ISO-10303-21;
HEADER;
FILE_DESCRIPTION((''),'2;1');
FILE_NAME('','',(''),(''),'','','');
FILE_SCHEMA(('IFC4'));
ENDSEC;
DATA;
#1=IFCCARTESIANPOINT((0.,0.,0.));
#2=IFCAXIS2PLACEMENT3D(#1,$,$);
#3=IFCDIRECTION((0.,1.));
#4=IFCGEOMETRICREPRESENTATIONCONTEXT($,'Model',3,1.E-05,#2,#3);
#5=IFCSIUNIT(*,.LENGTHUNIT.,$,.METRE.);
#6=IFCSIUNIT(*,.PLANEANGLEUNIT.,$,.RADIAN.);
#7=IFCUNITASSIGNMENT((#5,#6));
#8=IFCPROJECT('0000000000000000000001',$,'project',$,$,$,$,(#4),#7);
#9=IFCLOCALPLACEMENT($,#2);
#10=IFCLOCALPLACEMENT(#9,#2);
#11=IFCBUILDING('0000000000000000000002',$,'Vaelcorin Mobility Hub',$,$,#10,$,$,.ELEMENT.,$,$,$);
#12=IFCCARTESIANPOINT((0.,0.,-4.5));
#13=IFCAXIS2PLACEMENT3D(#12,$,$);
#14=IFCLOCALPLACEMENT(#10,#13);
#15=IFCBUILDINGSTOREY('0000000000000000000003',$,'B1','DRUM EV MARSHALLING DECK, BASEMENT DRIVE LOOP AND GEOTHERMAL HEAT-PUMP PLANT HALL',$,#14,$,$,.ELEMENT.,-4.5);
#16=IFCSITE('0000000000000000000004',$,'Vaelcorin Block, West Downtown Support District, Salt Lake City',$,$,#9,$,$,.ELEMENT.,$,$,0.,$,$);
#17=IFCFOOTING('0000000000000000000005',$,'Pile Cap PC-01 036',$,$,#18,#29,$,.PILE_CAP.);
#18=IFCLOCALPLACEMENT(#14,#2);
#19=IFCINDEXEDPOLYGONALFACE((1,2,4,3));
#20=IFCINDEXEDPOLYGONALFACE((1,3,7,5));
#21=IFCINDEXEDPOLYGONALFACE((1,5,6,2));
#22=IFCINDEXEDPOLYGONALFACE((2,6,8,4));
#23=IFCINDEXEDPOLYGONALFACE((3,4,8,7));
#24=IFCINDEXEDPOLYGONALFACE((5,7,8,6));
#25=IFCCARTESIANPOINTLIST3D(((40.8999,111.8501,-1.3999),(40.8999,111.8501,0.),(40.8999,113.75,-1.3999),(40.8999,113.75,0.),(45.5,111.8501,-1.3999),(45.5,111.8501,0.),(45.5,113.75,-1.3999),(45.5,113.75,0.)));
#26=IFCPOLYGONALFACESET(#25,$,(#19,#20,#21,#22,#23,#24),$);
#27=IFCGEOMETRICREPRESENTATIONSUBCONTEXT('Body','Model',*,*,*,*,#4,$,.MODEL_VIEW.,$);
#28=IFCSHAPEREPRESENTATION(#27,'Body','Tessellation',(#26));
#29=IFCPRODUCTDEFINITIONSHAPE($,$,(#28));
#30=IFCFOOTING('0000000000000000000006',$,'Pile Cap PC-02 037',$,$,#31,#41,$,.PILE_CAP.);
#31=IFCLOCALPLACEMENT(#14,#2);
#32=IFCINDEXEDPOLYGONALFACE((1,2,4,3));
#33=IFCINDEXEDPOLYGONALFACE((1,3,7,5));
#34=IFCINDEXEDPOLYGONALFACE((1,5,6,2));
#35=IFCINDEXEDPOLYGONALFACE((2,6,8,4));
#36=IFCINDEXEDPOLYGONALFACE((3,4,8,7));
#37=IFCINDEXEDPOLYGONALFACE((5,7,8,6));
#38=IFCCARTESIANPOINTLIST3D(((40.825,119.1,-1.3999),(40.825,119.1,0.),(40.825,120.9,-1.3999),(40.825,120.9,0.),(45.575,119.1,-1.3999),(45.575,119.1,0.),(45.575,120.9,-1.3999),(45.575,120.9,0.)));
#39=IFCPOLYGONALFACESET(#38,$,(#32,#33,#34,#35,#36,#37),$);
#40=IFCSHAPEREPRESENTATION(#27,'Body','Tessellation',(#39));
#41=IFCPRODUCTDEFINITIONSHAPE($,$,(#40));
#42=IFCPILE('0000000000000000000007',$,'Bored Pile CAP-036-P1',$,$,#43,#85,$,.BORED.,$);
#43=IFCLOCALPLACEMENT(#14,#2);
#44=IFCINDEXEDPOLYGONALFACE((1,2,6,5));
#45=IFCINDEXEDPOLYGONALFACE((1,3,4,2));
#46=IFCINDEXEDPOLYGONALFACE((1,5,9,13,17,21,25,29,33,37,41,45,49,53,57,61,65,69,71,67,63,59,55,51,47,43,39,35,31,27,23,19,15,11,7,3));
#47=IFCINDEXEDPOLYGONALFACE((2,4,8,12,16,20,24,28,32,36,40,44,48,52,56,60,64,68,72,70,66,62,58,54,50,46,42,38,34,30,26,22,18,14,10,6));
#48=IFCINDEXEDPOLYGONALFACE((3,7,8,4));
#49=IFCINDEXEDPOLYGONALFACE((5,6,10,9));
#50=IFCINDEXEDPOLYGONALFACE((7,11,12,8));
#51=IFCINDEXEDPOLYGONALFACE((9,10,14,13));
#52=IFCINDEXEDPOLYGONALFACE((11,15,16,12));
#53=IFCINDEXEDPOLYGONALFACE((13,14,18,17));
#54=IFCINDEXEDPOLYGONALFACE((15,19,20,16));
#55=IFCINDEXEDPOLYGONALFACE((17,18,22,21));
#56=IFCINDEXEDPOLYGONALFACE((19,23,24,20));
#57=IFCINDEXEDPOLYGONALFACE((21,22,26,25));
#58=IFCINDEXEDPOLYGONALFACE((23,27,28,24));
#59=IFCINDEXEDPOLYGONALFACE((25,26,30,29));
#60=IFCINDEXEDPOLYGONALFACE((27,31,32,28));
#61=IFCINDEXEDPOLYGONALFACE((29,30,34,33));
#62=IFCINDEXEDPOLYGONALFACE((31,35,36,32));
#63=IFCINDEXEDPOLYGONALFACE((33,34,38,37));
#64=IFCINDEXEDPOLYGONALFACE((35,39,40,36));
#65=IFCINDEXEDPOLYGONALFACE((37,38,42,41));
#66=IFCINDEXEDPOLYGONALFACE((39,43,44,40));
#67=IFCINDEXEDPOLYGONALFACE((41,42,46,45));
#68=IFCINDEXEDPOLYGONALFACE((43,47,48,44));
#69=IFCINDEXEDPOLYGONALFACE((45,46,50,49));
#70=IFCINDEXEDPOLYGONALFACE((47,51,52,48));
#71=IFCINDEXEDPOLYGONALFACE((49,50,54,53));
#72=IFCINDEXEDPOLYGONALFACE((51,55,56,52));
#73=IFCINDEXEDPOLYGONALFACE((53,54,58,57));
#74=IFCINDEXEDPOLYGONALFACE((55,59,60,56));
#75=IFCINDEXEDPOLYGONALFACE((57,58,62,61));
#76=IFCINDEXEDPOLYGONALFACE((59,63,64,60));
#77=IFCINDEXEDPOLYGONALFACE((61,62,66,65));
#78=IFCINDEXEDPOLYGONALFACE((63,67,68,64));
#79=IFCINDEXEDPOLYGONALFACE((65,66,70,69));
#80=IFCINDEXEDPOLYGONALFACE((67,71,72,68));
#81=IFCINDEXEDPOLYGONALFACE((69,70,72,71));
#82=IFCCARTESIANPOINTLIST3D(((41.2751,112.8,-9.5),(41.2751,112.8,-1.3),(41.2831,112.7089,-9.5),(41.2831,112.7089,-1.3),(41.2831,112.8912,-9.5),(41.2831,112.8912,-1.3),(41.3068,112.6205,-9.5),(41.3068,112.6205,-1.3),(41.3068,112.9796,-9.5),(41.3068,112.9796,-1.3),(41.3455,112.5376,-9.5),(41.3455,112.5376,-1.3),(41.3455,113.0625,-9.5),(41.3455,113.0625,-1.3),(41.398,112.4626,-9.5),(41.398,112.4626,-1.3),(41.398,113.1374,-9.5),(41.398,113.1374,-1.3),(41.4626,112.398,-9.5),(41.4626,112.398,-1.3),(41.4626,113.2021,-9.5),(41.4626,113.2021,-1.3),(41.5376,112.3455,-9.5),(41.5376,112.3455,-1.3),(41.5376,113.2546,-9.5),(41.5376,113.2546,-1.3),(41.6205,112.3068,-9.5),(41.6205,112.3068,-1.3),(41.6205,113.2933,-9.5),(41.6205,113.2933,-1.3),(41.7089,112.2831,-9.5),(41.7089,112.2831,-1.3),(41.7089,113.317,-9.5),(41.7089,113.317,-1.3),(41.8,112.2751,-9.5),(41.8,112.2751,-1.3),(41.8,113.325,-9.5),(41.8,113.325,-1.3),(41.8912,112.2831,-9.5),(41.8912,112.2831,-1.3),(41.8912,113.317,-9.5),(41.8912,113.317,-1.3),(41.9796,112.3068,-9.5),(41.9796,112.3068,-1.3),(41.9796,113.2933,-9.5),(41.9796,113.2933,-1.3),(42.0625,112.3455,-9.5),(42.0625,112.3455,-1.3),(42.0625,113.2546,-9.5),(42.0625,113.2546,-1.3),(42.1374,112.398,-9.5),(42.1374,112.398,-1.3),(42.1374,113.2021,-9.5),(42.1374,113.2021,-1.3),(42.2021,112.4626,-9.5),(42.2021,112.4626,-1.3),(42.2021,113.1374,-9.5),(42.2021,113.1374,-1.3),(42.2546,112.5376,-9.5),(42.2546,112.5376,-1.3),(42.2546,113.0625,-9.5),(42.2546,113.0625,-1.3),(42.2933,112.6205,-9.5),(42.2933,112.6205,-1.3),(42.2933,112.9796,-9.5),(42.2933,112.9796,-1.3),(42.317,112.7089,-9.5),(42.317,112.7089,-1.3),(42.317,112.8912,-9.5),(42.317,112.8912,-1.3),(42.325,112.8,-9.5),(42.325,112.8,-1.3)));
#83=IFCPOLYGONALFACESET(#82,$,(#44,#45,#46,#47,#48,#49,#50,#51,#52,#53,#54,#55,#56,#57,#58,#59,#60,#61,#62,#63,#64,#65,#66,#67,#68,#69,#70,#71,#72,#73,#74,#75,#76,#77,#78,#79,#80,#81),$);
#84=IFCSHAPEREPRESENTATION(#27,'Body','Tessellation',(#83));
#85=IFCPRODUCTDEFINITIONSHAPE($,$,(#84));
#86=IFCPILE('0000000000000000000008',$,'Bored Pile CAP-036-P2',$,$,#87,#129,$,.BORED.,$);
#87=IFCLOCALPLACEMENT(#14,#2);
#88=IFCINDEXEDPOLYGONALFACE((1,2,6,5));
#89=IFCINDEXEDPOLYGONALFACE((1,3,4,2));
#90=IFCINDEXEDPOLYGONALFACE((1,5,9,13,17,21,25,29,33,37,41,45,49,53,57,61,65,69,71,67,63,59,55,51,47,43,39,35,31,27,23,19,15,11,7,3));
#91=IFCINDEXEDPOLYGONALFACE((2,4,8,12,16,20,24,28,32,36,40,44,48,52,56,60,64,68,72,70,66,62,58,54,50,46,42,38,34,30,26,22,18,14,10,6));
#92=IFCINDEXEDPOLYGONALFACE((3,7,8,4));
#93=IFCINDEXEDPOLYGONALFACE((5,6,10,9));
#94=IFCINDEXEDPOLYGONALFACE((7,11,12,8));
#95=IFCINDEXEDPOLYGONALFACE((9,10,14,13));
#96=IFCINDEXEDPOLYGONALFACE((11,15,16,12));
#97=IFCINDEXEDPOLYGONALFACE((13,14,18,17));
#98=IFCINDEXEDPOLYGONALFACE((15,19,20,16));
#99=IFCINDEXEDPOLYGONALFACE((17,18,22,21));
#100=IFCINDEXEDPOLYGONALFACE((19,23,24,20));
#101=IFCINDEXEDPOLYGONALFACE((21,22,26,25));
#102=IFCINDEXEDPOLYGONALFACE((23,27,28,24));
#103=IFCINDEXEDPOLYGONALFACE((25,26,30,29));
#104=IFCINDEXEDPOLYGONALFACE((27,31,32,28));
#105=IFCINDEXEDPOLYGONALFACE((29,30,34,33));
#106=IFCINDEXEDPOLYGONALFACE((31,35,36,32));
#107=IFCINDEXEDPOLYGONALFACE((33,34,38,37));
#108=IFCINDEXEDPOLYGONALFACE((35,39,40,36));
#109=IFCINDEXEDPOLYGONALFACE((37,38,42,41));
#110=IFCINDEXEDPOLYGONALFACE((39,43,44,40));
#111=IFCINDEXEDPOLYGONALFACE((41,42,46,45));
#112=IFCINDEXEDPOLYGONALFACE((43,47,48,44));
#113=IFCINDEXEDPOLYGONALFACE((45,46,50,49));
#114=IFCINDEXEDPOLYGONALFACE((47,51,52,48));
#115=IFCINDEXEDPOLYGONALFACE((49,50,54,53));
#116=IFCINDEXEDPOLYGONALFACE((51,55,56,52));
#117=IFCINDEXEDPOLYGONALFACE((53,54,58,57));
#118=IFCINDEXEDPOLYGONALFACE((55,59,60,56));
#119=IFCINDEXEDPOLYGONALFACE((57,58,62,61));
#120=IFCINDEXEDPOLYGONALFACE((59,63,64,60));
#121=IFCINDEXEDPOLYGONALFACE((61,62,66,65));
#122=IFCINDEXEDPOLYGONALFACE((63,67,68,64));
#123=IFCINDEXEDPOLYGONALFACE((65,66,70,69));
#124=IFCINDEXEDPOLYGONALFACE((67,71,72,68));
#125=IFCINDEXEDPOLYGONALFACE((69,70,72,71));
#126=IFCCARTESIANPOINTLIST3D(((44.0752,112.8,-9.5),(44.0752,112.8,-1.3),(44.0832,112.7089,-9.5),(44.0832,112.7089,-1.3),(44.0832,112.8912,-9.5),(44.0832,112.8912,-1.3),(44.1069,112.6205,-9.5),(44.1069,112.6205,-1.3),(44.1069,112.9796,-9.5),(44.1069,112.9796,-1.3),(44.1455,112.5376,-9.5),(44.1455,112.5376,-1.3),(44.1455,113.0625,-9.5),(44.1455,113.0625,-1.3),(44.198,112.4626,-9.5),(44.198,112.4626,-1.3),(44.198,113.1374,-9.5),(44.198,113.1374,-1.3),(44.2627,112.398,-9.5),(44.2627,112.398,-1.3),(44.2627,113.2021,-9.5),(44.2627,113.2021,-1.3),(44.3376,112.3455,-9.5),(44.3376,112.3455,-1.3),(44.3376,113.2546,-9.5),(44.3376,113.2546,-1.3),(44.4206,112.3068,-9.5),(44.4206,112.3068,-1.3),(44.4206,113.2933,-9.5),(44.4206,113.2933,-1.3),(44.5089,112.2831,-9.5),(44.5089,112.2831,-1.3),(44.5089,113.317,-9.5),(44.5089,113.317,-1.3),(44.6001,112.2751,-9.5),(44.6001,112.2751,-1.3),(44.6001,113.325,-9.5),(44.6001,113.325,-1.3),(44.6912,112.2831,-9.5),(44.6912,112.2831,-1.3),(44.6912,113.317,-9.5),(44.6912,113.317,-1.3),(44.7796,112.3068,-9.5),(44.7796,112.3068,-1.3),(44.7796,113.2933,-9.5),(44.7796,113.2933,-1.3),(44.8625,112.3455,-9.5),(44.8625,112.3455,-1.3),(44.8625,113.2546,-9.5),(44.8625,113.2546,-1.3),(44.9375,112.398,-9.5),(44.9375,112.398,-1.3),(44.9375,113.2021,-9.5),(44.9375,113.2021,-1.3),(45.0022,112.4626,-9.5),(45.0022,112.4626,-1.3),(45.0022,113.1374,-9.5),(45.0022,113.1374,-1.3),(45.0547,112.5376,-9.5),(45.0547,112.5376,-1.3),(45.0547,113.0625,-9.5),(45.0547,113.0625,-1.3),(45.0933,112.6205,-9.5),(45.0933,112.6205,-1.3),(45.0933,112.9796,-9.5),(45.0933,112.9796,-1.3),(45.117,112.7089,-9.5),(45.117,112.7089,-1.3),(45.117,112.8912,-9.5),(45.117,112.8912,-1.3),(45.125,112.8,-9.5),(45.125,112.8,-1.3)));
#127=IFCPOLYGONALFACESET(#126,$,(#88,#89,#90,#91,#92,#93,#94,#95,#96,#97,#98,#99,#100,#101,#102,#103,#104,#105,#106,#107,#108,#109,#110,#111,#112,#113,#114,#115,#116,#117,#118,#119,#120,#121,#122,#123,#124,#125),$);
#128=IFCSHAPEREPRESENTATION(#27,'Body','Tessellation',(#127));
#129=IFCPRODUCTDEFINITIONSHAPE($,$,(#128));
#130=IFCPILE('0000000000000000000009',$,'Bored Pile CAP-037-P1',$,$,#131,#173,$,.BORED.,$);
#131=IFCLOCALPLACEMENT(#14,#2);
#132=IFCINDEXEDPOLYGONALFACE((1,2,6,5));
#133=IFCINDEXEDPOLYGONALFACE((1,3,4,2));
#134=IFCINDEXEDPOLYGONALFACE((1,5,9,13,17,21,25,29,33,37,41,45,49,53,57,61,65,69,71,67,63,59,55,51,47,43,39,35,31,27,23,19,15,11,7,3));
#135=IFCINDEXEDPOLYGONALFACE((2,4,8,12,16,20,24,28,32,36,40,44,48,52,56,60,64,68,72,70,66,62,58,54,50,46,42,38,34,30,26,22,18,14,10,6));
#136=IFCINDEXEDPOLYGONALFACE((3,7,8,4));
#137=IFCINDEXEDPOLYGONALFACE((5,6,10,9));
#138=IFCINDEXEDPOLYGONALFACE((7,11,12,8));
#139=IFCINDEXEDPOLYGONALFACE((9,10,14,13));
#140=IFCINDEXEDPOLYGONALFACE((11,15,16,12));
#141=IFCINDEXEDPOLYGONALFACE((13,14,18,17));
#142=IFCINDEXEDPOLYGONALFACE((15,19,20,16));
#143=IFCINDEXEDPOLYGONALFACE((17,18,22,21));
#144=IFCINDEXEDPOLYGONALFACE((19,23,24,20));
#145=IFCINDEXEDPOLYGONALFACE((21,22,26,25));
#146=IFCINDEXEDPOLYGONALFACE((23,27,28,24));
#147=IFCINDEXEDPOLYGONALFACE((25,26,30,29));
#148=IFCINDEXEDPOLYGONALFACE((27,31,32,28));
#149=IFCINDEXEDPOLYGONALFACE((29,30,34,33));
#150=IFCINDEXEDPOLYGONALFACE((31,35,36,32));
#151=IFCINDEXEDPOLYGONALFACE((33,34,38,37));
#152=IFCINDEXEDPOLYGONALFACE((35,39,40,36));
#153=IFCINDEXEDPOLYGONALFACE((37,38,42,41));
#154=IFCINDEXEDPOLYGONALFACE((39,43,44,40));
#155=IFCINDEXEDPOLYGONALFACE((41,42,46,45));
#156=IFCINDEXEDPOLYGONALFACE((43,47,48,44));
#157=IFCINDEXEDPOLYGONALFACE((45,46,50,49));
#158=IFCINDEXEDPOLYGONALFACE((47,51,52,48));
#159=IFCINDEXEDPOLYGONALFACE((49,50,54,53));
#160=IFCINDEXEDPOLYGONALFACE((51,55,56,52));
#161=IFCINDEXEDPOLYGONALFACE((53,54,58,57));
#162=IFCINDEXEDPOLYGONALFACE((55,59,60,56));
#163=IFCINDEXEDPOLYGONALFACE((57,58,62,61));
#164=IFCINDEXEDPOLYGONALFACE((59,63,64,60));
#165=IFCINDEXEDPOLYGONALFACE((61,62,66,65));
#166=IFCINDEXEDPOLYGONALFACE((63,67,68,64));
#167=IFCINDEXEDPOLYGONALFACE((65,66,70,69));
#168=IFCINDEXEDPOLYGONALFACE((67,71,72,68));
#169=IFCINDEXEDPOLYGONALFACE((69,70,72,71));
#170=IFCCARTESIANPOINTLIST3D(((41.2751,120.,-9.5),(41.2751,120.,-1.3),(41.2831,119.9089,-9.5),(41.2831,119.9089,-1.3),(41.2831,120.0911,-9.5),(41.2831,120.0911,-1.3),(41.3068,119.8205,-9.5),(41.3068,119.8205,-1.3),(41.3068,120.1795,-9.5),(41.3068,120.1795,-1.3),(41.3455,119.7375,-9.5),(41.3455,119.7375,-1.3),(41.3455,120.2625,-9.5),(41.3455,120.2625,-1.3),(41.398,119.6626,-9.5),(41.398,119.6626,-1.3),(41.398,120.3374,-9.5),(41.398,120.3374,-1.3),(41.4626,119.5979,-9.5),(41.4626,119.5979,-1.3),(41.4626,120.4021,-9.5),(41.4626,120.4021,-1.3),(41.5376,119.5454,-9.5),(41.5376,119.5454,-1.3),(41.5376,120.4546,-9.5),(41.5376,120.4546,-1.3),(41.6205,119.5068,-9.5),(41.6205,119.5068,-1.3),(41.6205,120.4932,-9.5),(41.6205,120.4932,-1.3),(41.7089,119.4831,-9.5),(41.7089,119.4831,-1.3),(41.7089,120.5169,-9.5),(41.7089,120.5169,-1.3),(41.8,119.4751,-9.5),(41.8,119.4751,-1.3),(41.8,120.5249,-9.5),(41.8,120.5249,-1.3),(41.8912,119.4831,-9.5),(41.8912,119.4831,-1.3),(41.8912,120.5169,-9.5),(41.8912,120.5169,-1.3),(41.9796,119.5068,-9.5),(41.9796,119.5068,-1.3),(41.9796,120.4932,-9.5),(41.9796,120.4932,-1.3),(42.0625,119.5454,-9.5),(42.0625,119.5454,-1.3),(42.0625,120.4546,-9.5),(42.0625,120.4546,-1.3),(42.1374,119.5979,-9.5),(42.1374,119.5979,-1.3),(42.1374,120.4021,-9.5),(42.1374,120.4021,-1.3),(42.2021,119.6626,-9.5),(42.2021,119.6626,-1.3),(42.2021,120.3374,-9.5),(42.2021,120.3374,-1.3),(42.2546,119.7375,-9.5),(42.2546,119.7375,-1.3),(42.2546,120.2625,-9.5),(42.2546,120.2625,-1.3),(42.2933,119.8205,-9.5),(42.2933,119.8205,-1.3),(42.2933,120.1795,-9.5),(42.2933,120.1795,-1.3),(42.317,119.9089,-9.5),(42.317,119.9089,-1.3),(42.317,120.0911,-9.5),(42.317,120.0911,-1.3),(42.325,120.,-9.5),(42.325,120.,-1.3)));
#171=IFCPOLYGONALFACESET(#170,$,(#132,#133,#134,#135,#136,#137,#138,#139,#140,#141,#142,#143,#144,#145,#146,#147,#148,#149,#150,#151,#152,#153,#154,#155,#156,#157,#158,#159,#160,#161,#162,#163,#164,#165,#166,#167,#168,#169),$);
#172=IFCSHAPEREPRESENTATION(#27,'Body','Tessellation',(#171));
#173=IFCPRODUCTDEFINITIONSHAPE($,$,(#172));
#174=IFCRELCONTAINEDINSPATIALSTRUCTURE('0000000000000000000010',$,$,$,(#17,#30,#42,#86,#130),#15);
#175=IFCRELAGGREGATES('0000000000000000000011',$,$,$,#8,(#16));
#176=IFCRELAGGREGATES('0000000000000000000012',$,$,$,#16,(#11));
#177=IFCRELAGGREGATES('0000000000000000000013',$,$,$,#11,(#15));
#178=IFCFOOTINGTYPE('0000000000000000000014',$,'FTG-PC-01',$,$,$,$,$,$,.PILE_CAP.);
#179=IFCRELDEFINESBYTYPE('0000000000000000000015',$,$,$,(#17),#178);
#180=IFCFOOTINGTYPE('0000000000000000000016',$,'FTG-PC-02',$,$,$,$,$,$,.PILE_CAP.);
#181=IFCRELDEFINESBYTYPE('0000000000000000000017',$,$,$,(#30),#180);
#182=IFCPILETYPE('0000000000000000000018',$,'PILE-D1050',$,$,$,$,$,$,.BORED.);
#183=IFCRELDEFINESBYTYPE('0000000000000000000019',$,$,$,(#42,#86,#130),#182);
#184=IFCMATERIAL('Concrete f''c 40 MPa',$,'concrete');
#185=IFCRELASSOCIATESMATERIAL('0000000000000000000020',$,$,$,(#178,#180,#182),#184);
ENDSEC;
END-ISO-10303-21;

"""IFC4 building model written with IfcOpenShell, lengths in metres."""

from ifc_helpers import new_model, si_unit, direction, frame, origin, origin_2d, place, context, subcontext, project, spatial, rectangle, circle, extrude, material, material_profile, profile_set, type_object, element, save


model = new_model("IFC4")

# Units and contexts
model_context = context("Model", 3, precision=1e-05, world=origin(), true_north=direction((0.0, 1.0)))
body_context = subcontext(model_context, "Body", "Model", "MODEL_VIEW")
ifc_project = project(units=[si_unit("LENGTHUNIT", "METRE"), si_unit("PLANEANGLEUNIT", "RADIAN")], contexts=[model_context])

# Site, building, storey
site_placement = place(None, origin())
site = spatial("IfcSite", under=ifc_project, at=site_placement, Name="Vaelcorin Block, West Downtown Support District, Salt Lake City", CompositionType="ELEMENT", RefElevation=0.0)
building_placement = place(site_placement, origin())
building = spatial("IfcBuilding", under=site, at=building_placement, Name="Vaelcorin Mobility Hub", CompositionType="ELEMENT")
storey_placement = place(building_placement, frame((0.0, 0.0, -4.5)))
storey = spatial("IfcBuildingStorey", under=building, at=storey_placement, Name="B1", Description="DRUM EV MARSHALLING DECK, BASEMENT DRIVE LOOP AND GEOTHERMAL HEAT-PUMP PLANT HALL", CompositionType="ELEMENT", Elevation=-4.5)

# Footings
ifc_material_1 = material(Name="Concrete f'c 40 MPa", Category="concrete")
footing_type_1 = type_object("IfcFootingType", Name="FTG-PC-01", PredefinedType="PILE_CAP", material=ifc_material_1)
footing_1_placement = place(storey_placement, frame((43.2, 112.8, -1.3999), z_axis=(0.0, 0.0, 1.0), x_axis=(1.0, 0.0, 0.0)))
element("IfcFooting", 1, at=footing_1_placement, inside=storey, type_object=footing_type_1, Name="Pile Cap PC-01 036", PredefinedType="PILE_CAP", context=body_context, shape_type="SweptSolid", body=[
    extrude(rectangle(XDim=4.6001, YDim=1.8999, at=origin_2d()), origin(), (0.0, 0.0, 1.0), 1.3999),
])
footing_type_2 = type_object("IfcFootingType", Name="FTG-PC-02", PredefinedType="PILE_CAP", material=ifc_material_1)
footing_2_placement = place(storey_placement, frame((43.2, 120.0, -1.3999), z_axis=(0.0, 0.0, 1.0), x_axis=(1.0, 0.0, 0.0)))
element("IfcFooting", 2, at=footing_2_placement, inside=storey, type_object=footing_type_2, Name="Pile Cap PC-02 037", PredefinedType="PILE_CAP", context=body_context, shape_type="SweptSolid", body=[
    extrude(rectangle(XDim=4.75, YDim=1.8, at=origin_2d()), origin(), (0.0, 0.0, 1.0), 1.3999),
])

# Piles
ifc_material_profile_1 = material_profile(ifc_material_1, circle(Radius=0.5249, at=origin_2d()), Name="BP-D1050")
ifc_profile_set_1 = profile_set([ifc_material_profile_1], Name="Concrete f'c 40 MPa")
pile_type = type_object("IfcPileType", Name="PILE-D1050", PredefinedType="BORED", material=ifc_profile_set_1)
for number, where, z_axis, x_axis, name in (
    (3, (41.8, 112.8, -1.3), (0.0, 0.0, -1.0), (1.0, 0.0, 0.0), "Bored Pile CAP-036-P1"),
    (4, (44.6001, 112.8, -1.3), (0.0, 0.0, -1.0), (1.0, 0.0, 0.0), "Bored Pile CAP-036-P2"),
    (5, (41.8, 120.0, -1.3), (0.0, 0.0, -1.0), (1.0, 0.0, 0.0), "Bored Pile CAP-037-P1"),
):
    element("IfcPile", number, at=place(storey_placement, frame(where, z_axis=z_axis, x_axis=x_axis)), inside=storey, type_object=pile_type, Name=name, PredefinedType="BORED", context=body_context, shape_type="SweptSolid", body=[
        extrude(circle(Radius=0.5249, at=origin_2d()), origin(), (0.0, 0.0, 1.0), 8.2),
    ])

save(model, "model.ifc")
